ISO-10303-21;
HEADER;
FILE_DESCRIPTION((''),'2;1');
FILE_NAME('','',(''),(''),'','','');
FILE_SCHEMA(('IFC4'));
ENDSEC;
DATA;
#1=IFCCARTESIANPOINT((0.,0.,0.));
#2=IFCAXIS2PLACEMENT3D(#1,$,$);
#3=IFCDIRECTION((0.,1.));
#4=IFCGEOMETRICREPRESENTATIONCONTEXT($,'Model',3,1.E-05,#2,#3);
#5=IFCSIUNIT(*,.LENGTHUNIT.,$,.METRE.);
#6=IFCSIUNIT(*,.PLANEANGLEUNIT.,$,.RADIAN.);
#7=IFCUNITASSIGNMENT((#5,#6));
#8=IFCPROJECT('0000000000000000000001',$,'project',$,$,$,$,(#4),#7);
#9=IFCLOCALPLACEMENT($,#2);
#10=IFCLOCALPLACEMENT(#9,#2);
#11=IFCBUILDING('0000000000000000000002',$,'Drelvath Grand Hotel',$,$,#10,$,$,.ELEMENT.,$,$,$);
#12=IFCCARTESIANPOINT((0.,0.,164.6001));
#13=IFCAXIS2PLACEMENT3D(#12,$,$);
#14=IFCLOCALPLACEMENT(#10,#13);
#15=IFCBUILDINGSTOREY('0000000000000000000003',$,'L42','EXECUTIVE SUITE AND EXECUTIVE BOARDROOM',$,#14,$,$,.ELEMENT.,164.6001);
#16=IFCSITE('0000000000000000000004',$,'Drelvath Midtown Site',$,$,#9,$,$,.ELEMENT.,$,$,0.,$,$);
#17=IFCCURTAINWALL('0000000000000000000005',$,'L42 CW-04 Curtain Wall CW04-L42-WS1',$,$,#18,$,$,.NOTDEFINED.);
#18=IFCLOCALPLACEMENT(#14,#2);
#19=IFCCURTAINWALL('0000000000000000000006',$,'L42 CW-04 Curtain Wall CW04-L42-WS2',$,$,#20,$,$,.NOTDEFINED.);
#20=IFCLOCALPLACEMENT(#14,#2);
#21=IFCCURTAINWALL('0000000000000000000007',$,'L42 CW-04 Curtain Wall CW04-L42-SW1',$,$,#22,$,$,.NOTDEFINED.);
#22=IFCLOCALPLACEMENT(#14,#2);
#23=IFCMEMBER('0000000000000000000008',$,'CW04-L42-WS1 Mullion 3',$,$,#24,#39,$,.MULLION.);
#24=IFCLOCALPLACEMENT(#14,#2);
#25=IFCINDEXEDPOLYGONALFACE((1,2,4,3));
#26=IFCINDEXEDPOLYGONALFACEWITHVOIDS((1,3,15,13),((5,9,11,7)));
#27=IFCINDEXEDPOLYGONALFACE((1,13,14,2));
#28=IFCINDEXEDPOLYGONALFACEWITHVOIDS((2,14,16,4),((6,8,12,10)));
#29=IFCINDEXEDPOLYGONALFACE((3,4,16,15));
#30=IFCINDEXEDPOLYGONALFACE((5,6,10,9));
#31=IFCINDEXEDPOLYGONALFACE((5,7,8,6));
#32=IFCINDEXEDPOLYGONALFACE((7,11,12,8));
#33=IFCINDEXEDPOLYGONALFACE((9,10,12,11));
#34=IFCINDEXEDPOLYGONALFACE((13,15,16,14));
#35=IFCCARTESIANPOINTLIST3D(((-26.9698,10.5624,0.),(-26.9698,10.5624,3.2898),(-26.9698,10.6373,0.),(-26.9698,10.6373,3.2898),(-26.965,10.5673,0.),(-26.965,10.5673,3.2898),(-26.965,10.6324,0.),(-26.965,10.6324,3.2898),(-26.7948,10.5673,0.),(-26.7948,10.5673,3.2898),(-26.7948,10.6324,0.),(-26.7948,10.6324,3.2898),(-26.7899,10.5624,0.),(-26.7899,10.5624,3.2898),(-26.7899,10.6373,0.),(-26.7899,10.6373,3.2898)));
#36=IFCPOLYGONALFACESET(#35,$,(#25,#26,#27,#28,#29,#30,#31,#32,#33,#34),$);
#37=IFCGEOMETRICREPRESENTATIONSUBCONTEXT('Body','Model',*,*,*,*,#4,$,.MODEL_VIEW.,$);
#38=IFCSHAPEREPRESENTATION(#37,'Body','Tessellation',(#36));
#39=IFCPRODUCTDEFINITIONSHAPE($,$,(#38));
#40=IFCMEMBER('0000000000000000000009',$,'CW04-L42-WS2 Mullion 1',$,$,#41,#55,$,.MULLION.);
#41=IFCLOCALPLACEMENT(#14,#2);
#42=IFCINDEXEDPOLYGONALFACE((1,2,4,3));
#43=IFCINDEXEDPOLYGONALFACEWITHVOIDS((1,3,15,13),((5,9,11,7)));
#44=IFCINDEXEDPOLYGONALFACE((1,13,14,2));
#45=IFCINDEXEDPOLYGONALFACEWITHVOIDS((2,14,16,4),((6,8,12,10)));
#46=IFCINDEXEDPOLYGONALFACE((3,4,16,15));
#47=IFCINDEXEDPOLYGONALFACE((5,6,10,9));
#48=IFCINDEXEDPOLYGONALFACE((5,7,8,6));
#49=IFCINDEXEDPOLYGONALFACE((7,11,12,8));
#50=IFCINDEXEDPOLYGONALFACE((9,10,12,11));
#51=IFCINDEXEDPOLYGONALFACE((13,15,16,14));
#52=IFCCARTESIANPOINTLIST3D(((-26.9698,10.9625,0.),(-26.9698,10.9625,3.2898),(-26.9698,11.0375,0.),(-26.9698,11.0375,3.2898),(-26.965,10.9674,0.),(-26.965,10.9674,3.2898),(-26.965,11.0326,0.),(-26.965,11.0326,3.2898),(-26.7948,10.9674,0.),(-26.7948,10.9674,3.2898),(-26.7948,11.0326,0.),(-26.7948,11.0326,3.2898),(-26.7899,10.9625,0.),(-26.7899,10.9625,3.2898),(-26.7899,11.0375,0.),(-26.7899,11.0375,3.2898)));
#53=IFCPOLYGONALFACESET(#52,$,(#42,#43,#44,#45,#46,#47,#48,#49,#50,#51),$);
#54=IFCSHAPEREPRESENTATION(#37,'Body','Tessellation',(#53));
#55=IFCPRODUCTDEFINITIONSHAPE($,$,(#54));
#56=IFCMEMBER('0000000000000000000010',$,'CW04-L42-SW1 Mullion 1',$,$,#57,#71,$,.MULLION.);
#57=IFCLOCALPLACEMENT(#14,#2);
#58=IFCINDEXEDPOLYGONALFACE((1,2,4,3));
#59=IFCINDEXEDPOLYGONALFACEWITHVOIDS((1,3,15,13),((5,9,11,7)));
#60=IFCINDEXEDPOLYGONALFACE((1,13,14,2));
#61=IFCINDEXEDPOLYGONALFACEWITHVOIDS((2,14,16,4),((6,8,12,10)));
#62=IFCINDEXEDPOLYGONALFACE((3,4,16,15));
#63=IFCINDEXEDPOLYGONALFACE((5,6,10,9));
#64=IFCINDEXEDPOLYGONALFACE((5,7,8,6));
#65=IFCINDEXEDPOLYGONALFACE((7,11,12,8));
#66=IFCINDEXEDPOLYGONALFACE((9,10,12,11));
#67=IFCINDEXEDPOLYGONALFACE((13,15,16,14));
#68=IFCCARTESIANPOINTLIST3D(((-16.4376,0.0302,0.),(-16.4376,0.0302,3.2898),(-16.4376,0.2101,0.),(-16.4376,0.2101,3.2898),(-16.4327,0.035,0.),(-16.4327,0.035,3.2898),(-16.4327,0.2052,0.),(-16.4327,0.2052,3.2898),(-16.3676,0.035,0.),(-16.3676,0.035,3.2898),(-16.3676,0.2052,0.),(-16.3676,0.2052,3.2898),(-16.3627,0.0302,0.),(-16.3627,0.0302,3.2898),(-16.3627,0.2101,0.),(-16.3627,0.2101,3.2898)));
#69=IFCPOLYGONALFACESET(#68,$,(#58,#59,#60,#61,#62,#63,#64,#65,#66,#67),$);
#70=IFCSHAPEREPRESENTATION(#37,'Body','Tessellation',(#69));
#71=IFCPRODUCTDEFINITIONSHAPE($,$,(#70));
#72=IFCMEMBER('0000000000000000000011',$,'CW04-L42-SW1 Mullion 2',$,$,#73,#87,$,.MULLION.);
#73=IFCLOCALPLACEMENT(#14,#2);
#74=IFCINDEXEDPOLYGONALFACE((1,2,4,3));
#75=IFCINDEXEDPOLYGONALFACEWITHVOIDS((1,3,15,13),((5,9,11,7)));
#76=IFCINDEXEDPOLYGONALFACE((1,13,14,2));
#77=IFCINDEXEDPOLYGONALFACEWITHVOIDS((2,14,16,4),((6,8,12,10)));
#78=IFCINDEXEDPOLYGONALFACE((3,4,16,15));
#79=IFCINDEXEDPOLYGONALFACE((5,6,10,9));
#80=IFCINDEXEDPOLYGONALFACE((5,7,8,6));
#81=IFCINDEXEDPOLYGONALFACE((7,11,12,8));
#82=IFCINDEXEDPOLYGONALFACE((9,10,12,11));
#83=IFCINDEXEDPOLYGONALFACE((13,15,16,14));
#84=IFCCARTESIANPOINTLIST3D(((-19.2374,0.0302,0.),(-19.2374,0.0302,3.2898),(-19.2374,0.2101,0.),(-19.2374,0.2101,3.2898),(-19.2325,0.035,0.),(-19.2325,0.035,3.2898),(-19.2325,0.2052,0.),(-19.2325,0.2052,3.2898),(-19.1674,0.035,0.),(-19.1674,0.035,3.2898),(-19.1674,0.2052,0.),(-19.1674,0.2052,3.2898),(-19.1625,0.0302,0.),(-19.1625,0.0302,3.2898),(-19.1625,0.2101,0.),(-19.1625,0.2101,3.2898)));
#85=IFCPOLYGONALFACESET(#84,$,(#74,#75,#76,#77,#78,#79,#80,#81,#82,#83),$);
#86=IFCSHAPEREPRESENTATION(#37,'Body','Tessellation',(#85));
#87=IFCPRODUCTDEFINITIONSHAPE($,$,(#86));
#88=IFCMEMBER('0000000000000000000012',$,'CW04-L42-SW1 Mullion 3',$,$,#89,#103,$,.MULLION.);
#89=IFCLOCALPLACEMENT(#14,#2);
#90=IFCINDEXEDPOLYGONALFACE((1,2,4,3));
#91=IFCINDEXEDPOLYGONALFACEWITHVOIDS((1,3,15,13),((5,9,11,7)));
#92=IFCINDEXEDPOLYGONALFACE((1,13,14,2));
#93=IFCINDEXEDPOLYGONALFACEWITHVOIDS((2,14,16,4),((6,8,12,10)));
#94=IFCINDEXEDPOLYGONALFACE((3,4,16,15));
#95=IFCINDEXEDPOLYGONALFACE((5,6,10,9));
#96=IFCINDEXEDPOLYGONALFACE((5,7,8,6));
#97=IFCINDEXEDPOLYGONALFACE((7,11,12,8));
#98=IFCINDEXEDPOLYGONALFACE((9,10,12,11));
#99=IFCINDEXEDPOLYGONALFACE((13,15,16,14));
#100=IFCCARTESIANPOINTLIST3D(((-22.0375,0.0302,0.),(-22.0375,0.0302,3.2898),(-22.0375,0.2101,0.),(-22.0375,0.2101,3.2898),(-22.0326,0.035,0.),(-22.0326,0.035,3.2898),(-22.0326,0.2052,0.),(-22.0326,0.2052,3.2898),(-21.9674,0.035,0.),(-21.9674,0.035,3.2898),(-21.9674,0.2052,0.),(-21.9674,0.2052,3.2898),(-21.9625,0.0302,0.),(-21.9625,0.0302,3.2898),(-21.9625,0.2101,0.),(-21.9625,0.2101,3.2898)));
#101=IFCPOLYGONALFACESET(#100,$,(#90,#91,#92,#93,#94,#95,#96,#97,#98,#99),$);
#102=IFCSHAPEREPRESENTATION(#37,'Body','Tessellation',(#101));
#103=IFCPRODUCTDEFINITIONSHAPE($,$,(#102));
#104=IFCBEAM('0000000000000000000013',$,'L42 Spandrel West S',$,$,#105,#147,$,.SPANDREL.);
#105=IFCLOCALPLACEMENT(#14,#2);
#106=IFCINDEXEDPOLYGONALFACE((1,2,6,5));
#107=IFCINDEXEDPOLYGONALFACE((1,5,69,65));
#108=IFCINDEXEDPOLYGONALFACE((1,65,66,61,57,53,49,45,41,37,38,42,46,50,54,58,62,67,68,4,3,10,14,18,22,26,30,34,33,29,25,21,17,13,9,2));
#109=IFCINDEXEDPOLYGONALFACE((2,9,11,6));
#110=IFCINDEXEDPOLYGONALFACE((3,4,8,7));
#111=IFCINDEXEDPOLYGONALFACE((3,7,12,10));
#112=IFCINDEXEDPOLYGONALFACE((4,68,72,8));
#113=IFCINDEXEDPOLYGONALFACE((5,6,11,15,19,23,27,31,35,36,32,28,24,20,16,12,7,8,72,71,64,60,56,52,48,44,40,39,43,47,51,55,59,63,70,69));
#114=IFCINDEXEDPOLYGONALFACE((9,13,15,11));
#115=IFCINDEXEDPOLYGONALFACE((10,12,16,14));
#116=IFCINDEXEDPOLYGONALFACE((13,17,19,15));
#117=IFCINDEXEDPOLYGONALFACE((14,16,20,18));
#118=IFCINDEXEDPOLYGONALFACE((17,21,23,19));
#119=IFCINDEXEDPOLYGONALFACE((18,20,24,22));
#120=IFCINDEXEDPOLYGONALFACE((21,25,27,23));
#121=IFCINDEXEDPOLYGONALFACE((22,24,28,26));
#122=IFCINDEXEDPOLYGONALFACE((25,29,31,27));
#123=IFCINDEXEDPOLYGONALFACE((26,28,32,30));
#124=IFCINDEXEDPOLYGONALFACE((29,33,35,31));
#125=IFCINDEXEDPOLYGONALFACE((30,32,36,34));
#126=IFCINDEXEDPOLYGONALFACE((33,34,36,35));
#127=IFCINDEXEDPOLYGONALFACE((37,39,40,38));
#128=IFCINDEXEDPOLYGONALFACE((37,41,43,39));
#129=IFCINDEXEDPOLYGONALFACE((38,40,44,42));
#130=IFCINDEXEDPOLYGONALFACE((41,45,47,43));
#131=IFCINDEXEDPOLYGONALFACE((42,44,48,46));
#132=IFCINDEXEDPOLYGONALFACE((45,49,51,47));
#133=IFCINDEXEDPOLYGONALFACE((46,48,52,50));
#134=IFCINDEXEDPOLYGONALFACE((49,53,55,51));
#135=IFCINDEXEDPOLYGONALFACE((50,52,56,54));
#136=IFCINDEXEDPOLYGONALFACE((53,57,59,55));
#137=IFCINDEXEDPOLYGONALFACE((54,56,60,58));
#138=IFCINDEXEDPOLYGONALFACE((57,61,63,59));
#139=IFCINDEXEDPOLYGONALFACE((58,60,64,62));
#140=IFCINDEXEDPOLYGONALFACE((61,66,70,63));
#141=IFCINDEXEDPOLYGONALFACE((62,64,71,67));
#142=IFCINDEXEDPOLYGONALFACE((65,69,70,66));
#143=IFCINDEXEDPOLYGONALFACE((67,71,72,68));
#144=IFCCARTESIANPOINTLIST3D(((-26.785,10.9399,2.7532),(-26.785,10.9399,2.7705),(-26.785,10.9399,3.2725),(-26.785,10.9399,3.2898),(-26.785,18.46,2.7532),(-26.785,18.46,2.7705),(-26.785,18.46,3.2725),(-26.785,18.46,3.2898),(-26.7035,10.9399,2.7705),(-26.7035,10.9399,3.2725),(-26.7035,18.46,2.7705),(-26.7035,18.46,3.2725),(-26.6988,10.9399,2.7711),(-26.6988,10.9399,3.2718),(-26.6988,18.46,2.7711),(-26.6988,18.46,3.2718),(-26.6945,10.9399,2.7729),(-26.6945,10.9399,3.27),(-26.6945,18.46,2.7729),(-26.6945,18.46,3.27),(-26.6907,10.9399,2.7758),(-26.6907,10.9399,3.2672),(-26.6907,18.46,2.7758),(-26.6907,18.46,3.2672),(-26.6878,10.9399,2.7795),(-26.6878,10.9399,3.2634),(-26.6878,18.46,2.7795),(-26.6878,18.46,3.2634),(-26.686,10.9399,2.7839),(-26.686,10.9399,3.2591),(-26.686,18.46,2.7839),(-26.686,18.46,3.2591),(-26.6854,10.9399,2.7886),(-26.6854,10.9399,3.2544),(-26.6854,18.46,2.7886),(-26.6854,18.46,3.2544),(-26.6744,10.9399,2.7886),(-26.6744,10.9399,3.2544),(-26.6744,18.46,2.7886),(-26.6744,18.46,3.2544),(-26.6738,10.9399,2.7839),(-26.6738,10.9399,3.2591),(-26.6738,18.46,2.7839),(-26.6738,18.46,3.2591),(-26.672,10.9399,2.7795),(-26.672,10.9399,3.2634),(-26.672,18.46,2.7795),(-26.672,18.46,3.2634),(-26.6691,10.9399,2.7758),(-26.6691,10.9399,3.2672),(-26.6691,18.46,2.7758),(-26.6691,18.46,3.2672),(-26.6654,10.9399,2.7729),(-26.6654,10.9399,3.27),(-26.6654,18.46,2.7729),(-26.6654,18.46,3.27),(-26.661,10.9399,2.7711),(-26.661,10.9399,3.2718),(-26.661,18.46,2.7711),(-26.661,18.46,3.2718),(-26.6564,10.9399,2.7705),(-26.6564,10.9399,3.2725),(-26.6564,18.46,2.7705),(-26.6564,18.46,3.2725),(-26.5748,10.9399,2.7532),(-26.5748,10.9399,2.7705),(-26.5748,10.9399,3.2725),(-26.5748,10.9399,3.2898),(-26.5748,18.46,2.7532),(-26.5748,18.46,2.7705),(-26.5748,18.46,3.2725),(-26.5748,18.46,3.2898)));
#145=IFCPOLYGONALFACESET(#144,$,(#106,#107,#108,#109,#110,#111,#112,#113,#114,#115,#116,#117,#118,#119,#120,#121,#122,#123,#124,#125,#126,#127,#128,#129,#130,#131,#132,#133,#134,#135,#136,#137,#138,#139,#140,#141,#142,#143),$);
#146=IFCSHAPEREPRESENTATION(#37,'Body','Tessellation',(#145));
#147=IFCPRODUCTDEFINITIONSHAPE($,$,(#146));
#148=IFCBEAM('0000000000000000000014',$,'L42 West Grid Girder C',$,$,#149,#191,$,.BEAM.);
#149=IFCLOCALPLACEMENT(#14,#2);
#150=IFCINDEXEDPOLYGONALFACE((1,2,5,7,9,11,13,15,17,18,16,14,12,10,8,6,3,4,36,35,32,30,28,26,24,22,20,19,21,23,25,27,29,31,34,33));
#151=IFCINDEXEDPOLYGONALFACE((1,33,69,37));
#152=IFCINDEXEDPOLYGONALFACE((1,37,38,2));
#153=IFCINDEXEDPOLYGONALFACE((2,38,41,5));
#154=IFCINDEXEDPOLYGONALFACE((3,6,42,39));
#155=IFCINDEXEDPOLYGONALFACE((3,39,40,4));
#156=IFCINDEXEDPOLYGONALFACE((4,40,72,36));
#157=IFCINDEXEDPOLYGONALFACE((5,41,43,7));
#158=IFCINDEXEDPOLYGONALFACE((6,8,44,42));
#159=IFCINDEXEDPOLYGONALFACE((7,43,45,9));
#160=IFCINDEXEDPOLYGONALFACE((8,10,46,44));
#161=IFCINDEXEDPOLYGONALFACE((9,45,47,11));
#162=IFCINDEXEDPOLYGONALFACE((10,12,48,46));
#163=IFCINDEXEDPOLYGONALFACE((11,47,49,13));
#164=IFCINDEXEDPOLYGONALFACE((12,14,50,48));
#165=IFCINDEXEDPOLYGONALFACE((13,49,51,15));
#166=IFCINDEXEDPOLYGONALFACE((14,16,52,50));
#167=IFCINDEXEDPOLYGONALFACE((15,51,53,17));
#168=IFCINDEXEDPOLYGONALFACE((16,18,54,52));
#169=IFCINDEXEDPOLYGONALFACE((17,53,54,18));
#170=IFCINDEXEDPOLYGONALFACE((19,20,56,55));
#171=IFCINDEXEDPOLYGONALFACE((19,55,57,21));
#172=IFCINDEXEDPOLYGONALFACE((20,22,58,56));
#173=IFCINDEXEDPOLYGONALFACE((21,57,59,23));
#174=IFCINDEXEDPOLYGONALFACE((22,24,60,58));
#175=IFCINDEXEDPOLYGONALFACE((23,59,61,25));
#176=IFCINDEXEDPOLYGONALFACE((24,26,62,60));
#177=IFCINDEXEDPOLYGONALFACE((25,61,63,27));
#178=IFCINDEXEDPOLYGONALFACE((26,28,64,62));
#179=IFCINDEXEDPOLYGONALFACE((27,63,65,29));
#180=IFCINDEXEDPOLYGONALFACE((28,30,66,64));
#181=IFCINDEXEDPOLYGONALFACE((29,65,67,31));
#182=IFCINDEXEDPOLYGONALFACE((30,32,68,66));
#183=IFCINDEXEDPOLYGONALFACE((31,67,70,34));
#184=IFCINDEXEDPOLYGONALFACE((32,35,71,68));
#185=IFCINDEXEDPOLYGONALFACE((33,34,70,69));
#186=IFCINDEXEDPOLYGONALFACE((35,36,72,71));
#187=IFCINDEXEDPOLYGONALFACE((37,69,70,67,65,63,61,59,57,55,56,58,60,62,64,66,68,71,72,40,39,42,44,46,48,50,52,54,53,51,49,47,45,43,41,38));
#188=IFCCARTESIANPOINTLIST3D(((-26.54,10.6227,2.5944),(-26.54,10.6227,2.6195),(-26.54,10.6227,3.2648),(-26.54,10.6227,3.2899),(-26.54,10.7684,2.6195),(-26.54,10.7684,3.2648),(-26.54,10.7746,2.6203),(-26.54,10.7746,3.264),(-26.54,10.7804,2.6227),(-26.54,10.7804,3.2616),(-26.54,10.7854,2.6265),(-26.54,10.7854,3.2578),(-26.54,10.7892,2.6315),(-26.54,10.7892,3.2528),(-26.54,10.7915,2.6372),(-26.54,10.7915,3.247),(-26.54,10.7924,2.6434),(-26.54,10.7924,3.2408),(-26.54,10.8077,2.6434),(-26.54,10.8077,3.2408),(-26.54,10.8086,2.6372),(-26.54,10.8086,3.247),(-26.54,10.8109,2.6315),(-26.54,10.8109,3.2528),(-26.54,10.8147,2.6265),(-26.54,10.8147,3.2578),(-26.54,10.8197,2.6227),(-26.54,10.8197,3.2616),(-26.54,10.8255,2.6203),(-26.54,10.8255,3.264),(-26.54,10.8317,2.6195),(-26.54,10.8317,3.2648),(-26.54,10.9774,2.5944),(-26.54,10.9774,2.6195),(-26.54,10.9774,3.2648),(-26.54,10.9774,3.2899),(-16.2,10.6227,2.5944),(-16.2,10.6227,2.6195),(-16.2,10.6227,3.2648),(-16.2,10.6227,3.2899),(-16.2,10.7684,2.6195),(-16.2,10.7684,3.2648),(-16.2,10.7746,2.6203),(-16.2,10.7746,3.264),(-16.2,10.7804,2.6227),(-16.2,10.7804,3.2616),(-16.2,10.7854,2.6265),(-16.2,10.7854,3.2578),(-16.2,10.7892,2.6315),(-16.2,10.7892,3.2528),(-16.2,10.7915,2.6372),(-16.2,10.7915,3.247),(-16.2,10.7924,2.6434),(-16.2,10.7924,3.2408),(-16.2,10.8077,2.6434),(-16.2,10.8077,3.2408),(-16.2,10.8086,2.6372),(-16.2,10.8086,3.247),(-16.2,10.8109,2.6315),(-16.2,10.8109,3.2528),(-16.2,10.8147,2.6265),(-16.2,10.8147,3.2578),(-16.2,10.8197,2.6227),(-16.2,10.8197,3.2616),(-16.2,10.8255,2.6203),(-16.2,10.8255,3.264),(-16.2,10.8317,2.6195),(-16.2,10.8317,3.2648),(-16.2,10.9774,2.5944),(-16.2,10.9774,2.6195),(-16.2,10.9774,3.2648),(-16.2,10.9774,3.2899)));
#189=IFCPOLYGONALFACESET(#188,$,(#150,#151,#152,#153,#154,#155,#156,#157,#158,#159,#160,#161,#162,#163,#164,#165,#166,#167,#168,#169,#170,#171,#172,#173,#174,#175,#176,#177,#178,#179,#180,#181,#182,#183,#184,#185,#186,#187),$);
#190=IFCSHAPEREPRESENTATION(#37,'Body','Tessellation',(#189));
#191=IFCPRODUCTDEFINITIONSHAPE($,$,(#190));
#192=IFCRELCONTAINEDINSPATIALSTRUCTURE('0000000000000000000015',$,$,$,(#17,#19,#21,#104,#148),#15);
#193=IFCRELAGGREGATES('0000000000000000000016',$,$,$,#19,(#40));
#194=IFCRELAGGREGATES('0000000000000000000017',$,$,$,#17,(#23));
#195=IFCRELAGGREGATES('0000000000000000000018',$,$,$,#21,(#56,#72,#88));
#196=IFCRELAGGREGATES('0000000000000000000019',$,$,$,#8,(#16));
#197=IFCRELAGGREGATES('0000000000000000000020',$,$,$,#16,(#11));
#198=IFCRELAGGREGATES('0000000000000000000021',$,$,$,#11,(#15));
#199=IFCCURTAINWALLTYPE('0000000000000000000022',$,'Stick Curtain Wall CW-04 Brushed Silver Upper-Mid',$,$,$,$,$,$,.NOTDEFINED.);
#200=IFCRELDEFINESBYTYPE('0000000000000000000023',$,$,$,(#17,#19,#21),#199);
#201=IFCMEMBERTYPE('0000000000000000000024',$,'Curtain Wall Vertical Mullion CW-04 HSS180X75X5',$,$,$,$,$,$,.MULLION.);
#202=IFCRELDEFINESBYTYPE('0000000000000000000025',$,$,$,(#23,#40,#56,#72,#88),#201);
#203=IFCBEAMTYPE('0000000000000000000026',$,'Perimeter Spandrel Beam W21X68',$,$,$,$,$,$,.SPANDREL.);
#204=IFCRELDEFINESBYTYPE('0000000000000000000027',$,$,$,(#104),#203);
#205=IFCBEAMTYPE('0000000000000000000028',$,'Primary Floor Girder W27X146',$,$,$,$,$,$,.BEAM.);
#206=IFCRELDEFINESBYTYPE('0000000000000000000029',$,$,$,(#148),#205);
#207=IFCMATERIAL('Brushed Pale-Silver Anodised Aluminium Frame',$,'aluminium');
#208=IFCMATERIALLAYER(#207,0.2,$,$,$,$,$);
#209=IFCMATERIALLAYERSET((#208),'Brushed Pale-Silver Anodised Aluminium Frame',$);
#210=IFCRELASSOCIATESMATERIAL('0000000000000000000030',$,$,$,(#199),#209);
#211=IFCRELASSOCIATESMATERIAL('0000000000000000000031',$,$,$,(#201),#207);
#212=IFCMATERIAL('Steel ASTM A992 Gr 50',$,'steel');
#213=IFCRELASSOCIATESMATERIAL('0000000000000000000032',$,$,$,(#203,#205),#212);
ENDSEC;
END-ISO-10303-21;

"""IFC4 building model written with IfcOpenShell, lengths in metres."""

from ifc_helpers import new_model, si_unit, direction, frame, origin, origin_2d, place, context, subcontext, project, spatial, hollow_rectangle, i_section, extrude, material, layer, layer_set, material_profile, profile_set, type_object, element, aggregate, save


model = new_model("IFC4")

# Units and contexts
model_context = context("Model", 3, precision=1e-05, world=origin(), true_north=direction((0.0, 1.0)))
body_context = subcontext(model_context, "Body", "Model", "MODEL_VIEW")
ifc_project = project(units=[si_unit("LENGTHUNIT", "METRE"), si_unit("PLANEANGLEUNIT", "RADIAN")], contexts=[model_context])

# Site, building, storey
site_placement = place(None, origin())
site = spatial("IfcSite", under=ifc_project, at=site_placement, Name="Drelvath Midtown Site", CompositionType="ELEMENT", RefElevation=0.0)
building_placement = place(site_placement, origin())
building = spatial("IfcBuilding", under=site, at=building_placement, Name="Drelvath Grand Hotel", CompositionType="ELEMENT")
storey_placement = place(building_placement, frame((0.0, 0.0, 164.6001)))
storey = spatial("IfcBuildingStorey", under=building, at=storey_placement, Name="L42", Description="EXECUTIVE SUITE AND EXECUTIVE BOARDROOM", CompositionType="ELEMENT", Elevation=164.6001)

# Curtain walls
ifc_material_1 = material(Name="Brushed Pale-Silver Anodised Aluminium Frame", Category="aluminium")
ifc_layer_1 = layer(ifc_material_1, 0.2)
ifc_layer_set_1 = layer_set([ifc_layer_1], Name="Brushed Pale-Silver Anodised Aluminium Frame")
curtain_wall_type = type_object("IfcCurtainWallType", Name="Stick Curtain Wall CW-04 Brushed Silver Upper-Mid", PredefinedType="NOTDEFINED", material=ifc_layer_set_1)
curtain_wall_1_placement = place(storey_placement, origin())
curtain_wall_1 = element("IfcCurtainWall", 1, at=curtain_wall_1_placement, inside=storey, type_object=curtain_wall_type, Name="L42 CW-04 Curtain Wall CW04-L42-WS1", PredefinedType="NOTDEFINED")
curtain_wall_2_placement = place(storey_placement, origin())
curtain_wall_2 = element("IfcCurtainWall", 2, at=curtain_wall_2_placement, inside=storey, type_object=curtain_wall_type, Name="L42 CW-04 Curtain Wall CW04-L42-WS2", PredefinedType="NOTDEFINED")
curtain_wall_3_placement = place(storey_placement, origin())
curtain_wall_3 = element("IfcCurtainWall", 3, at=curtain_wall_3_placement, inside=storey, type_object=curtain_wall_type, Name="L42 CW-04 Curtain Wall CW04-L42-SW1", PredefinedType="NOTDEFINED")

# Members
ifc_material_profile_1 = material_profile(ifc_material_1, hollow_rectangle(XDim=0.075, YDim=0.1799, WallThickness=0.0049, at=origin_2d()), Name="HSS180X75X5")
ifc_profile_set_1 = profile_set([ifc_material_profile_1], Name="Brushed Pale-Silver Anodised Aluminium Frame")
member_type_1 = type_object("IfcMemberType", Name="Curtain Wall Vertical Mullion CW-04 HSS180X75X5", PredefinedType="MULLION", material=ifc_profile_set_1)
member_1_placement = place(storey_placement, frame((-26.8799, 10.5999, 0.0), z_axis=(0.0, 0.0, 1.0), x_axis=(0.0, 1.0, 0.0)))
member_1 = element("IfcMember", 4, at=member_1_placement, type_object=member_type_1, Name="CW04-L42-WS1 Mullion 3", PredefinedType="MULLION", context=body_context, shape_type="SweptSolid", body=[
    extrude(hollow_rectangle(XDim=0.075, YDim=0.1799, WallThickness=0.0049, at=origin_2d()), origin(), (0.0, 0.0, 1.0), 3.2898),
])
member_2_placement = place(storey_placement, frame((-26.8799, 11.0, 0.0), z_axis=(0.0, 0.0, 1.0), x_axis=(0.0, 1.0, 0.0)))
member_2 = element("IfcMember", 5, at=member_2_placement, type_object=member_type_1, Name="CW04-L42-WS2 Mullion 1", PredefinedType="MULLION", context=body_context, shape_type="SweptSolid", body=[
    extrude(hollow_rectangle(XDim=0.075, YDim=0.1799, WallThickness=0.0049, at=origin_2d()), origin(), (0.0, 0.0, 1.0), 3.2898),
])
aggregate(curtain_wall_2, [member_2])
member_3_placement = place(storey_placement, frame((-16.4001, 0.1201, 0.0), z_axis=(0.0, 0.0, 1.0), x_axis=(1.0, 0.0, 0.0)))
member_3 = element("IfcMember", 6, at=member_3_placement, type_object=member_type_1, Name="CW04-L42-SW1 Mullion 1", PredefinedType="MULLION", context=body_context, shape_type="SweptSolid", body=[
    extrude(hollow_rectangle(XDim=0.075, YDim=0.1799, WallThickness=0.0049, at=origin_2d()), origin(), (0.0, 0.0, 1.0), 3.2898),
])
member_4_placement = place(storey_placement, frame((-19.2, 0.1201, 0.0), z_axis=(0.0, 0.0, 1.0), x_axis=(1.0, 0.0, 0.0)))
member_4 = element("IfcMember", 7, at=member_4_placement, type_object=member_type_1, Name="CW04-L42-SW1 Mullion 2", PredefinedType="MULLION", context=body_context, shape_type="SweptSolid", body=[
    extrude(hollow_rectangle(XDim=0.075, YDim=0.1799, WallThickness=0.0049, at=origin_2d()), origin(), (0.0, 0.0, 1.0), 3.2898),
])
member_5_placement = place(storey_placement, frame((-22.0, 0.1201, 0.0), z_axis=(0.0, 0.0, 1.0), x_axis=(1.0, 0.0, 0.0)))
member_5 = element("IfcMember", 8, at=member_5_placement, type_object=member_type_1, Name="CW04-L42-SW1 Mullion 3", PredefinedType="MULLION", context=body_context, shape_type="SweptSolid", body=[
    extrude(hollow_rectangle(XDim=0.075, YDim=0.1799, WallThickness=0.0049, at=origin_2d()), origin(), (0.0, 0.0, 1.0), 3.2898),
])

# Beams
ifc_material_2 = material(Name="Steel ASTM A992 Gr 50", Category="steel")
ifc_material_profile_2 = material_profile(ifc_material_2, i_section(OverallWidth=0.2102, OverallDepth=0.5366, WebThickness=0.011, FlangeThickness=0.0173, FilletRadius=0.0181, at=origin_2d()), Name="W21X68")
ifc_profile_set_2 = profile_set([ifc_material_profile_2], Name="Steel ASTM A992 Gr 50")
beam_type_1 = type_object("IfcBeamType", Name="Perimeter Spandrel Beam W21X68", PredefinedType="SPANDREL", material=ifc_profile_set_2)
beam_placement = place(storey_placement, frame((-26.6799, 10.9399, 3.0215), z_axis=(0.0, 1.0, 0.0), x_axis=(-1.0, 0.0, 0.0)))
element("IfcBeam", 9, at=beam_placement, inside=storey, type_object=beam_type_1, Name="L42 Spandrel West S", PredefinedType="SPANDREL", context=body_context, shape_type="SweptSolid", body=[
    extrude(i_section(OverallWidth=0.2102, OverallDepth=0.5366, WebThickness=0.011, FlangeThickness=0.0173, FilletRadius=0.0181, at=origin_2d()), origin(), (0.0, 0.0, 1.0), 7.52),
])
ifc_material_profile_3 = material_profile(ifc_material_2, i_section(OverallWidth=0.3547, OverallDepth=0.6956, WebThickness=0.0154, FlangeThickness=0.0251, FilletRadius=0.0239, at=origin_2d()), Name="W27X146")
ifc_profile_set_3 = profile_set([ifc_material_profile_3], Name="Steel ASTM A992 Gr 50")
beam_type_2 = type_object("IfcBeamType", Name="Primary Floor Girder W27X146", PredefinedType="BEAM", material=ifc_profile_set_3)
for number, where, z_axis, x_axis, name in (
    (10, (-26.54, 10.8, 2.9421), (1.0, 0.0, 0.0), (0.0, 1.0, 0.0), "L42 West Grid Girder C"),
):
    element("IfcBeam", number, at=place(storey_placement, frame(where, z_axis=z_axis, x_axis=x_axis)), inside=storey, type_object=beam_type_2, Name=name, PredefinedType="BEAM", context=body_context, shape_type="SweptSolid", body=[
        extrude(i_section(OverallWidth=0.3547, OverallDepth=0.6956, WebThickness=0.0154, FlangeThickness=0.0251, FilletRadius=0.0239, at=origin_2d()), origin(), (0.0, 0.0, 1.0), 10.3401),
    ])

aggregate(curtain_wall_1, [member_1])
aggregate(curtain_wall_3, [member_3, member_4, member_5])

save(model, "model.ifc")
